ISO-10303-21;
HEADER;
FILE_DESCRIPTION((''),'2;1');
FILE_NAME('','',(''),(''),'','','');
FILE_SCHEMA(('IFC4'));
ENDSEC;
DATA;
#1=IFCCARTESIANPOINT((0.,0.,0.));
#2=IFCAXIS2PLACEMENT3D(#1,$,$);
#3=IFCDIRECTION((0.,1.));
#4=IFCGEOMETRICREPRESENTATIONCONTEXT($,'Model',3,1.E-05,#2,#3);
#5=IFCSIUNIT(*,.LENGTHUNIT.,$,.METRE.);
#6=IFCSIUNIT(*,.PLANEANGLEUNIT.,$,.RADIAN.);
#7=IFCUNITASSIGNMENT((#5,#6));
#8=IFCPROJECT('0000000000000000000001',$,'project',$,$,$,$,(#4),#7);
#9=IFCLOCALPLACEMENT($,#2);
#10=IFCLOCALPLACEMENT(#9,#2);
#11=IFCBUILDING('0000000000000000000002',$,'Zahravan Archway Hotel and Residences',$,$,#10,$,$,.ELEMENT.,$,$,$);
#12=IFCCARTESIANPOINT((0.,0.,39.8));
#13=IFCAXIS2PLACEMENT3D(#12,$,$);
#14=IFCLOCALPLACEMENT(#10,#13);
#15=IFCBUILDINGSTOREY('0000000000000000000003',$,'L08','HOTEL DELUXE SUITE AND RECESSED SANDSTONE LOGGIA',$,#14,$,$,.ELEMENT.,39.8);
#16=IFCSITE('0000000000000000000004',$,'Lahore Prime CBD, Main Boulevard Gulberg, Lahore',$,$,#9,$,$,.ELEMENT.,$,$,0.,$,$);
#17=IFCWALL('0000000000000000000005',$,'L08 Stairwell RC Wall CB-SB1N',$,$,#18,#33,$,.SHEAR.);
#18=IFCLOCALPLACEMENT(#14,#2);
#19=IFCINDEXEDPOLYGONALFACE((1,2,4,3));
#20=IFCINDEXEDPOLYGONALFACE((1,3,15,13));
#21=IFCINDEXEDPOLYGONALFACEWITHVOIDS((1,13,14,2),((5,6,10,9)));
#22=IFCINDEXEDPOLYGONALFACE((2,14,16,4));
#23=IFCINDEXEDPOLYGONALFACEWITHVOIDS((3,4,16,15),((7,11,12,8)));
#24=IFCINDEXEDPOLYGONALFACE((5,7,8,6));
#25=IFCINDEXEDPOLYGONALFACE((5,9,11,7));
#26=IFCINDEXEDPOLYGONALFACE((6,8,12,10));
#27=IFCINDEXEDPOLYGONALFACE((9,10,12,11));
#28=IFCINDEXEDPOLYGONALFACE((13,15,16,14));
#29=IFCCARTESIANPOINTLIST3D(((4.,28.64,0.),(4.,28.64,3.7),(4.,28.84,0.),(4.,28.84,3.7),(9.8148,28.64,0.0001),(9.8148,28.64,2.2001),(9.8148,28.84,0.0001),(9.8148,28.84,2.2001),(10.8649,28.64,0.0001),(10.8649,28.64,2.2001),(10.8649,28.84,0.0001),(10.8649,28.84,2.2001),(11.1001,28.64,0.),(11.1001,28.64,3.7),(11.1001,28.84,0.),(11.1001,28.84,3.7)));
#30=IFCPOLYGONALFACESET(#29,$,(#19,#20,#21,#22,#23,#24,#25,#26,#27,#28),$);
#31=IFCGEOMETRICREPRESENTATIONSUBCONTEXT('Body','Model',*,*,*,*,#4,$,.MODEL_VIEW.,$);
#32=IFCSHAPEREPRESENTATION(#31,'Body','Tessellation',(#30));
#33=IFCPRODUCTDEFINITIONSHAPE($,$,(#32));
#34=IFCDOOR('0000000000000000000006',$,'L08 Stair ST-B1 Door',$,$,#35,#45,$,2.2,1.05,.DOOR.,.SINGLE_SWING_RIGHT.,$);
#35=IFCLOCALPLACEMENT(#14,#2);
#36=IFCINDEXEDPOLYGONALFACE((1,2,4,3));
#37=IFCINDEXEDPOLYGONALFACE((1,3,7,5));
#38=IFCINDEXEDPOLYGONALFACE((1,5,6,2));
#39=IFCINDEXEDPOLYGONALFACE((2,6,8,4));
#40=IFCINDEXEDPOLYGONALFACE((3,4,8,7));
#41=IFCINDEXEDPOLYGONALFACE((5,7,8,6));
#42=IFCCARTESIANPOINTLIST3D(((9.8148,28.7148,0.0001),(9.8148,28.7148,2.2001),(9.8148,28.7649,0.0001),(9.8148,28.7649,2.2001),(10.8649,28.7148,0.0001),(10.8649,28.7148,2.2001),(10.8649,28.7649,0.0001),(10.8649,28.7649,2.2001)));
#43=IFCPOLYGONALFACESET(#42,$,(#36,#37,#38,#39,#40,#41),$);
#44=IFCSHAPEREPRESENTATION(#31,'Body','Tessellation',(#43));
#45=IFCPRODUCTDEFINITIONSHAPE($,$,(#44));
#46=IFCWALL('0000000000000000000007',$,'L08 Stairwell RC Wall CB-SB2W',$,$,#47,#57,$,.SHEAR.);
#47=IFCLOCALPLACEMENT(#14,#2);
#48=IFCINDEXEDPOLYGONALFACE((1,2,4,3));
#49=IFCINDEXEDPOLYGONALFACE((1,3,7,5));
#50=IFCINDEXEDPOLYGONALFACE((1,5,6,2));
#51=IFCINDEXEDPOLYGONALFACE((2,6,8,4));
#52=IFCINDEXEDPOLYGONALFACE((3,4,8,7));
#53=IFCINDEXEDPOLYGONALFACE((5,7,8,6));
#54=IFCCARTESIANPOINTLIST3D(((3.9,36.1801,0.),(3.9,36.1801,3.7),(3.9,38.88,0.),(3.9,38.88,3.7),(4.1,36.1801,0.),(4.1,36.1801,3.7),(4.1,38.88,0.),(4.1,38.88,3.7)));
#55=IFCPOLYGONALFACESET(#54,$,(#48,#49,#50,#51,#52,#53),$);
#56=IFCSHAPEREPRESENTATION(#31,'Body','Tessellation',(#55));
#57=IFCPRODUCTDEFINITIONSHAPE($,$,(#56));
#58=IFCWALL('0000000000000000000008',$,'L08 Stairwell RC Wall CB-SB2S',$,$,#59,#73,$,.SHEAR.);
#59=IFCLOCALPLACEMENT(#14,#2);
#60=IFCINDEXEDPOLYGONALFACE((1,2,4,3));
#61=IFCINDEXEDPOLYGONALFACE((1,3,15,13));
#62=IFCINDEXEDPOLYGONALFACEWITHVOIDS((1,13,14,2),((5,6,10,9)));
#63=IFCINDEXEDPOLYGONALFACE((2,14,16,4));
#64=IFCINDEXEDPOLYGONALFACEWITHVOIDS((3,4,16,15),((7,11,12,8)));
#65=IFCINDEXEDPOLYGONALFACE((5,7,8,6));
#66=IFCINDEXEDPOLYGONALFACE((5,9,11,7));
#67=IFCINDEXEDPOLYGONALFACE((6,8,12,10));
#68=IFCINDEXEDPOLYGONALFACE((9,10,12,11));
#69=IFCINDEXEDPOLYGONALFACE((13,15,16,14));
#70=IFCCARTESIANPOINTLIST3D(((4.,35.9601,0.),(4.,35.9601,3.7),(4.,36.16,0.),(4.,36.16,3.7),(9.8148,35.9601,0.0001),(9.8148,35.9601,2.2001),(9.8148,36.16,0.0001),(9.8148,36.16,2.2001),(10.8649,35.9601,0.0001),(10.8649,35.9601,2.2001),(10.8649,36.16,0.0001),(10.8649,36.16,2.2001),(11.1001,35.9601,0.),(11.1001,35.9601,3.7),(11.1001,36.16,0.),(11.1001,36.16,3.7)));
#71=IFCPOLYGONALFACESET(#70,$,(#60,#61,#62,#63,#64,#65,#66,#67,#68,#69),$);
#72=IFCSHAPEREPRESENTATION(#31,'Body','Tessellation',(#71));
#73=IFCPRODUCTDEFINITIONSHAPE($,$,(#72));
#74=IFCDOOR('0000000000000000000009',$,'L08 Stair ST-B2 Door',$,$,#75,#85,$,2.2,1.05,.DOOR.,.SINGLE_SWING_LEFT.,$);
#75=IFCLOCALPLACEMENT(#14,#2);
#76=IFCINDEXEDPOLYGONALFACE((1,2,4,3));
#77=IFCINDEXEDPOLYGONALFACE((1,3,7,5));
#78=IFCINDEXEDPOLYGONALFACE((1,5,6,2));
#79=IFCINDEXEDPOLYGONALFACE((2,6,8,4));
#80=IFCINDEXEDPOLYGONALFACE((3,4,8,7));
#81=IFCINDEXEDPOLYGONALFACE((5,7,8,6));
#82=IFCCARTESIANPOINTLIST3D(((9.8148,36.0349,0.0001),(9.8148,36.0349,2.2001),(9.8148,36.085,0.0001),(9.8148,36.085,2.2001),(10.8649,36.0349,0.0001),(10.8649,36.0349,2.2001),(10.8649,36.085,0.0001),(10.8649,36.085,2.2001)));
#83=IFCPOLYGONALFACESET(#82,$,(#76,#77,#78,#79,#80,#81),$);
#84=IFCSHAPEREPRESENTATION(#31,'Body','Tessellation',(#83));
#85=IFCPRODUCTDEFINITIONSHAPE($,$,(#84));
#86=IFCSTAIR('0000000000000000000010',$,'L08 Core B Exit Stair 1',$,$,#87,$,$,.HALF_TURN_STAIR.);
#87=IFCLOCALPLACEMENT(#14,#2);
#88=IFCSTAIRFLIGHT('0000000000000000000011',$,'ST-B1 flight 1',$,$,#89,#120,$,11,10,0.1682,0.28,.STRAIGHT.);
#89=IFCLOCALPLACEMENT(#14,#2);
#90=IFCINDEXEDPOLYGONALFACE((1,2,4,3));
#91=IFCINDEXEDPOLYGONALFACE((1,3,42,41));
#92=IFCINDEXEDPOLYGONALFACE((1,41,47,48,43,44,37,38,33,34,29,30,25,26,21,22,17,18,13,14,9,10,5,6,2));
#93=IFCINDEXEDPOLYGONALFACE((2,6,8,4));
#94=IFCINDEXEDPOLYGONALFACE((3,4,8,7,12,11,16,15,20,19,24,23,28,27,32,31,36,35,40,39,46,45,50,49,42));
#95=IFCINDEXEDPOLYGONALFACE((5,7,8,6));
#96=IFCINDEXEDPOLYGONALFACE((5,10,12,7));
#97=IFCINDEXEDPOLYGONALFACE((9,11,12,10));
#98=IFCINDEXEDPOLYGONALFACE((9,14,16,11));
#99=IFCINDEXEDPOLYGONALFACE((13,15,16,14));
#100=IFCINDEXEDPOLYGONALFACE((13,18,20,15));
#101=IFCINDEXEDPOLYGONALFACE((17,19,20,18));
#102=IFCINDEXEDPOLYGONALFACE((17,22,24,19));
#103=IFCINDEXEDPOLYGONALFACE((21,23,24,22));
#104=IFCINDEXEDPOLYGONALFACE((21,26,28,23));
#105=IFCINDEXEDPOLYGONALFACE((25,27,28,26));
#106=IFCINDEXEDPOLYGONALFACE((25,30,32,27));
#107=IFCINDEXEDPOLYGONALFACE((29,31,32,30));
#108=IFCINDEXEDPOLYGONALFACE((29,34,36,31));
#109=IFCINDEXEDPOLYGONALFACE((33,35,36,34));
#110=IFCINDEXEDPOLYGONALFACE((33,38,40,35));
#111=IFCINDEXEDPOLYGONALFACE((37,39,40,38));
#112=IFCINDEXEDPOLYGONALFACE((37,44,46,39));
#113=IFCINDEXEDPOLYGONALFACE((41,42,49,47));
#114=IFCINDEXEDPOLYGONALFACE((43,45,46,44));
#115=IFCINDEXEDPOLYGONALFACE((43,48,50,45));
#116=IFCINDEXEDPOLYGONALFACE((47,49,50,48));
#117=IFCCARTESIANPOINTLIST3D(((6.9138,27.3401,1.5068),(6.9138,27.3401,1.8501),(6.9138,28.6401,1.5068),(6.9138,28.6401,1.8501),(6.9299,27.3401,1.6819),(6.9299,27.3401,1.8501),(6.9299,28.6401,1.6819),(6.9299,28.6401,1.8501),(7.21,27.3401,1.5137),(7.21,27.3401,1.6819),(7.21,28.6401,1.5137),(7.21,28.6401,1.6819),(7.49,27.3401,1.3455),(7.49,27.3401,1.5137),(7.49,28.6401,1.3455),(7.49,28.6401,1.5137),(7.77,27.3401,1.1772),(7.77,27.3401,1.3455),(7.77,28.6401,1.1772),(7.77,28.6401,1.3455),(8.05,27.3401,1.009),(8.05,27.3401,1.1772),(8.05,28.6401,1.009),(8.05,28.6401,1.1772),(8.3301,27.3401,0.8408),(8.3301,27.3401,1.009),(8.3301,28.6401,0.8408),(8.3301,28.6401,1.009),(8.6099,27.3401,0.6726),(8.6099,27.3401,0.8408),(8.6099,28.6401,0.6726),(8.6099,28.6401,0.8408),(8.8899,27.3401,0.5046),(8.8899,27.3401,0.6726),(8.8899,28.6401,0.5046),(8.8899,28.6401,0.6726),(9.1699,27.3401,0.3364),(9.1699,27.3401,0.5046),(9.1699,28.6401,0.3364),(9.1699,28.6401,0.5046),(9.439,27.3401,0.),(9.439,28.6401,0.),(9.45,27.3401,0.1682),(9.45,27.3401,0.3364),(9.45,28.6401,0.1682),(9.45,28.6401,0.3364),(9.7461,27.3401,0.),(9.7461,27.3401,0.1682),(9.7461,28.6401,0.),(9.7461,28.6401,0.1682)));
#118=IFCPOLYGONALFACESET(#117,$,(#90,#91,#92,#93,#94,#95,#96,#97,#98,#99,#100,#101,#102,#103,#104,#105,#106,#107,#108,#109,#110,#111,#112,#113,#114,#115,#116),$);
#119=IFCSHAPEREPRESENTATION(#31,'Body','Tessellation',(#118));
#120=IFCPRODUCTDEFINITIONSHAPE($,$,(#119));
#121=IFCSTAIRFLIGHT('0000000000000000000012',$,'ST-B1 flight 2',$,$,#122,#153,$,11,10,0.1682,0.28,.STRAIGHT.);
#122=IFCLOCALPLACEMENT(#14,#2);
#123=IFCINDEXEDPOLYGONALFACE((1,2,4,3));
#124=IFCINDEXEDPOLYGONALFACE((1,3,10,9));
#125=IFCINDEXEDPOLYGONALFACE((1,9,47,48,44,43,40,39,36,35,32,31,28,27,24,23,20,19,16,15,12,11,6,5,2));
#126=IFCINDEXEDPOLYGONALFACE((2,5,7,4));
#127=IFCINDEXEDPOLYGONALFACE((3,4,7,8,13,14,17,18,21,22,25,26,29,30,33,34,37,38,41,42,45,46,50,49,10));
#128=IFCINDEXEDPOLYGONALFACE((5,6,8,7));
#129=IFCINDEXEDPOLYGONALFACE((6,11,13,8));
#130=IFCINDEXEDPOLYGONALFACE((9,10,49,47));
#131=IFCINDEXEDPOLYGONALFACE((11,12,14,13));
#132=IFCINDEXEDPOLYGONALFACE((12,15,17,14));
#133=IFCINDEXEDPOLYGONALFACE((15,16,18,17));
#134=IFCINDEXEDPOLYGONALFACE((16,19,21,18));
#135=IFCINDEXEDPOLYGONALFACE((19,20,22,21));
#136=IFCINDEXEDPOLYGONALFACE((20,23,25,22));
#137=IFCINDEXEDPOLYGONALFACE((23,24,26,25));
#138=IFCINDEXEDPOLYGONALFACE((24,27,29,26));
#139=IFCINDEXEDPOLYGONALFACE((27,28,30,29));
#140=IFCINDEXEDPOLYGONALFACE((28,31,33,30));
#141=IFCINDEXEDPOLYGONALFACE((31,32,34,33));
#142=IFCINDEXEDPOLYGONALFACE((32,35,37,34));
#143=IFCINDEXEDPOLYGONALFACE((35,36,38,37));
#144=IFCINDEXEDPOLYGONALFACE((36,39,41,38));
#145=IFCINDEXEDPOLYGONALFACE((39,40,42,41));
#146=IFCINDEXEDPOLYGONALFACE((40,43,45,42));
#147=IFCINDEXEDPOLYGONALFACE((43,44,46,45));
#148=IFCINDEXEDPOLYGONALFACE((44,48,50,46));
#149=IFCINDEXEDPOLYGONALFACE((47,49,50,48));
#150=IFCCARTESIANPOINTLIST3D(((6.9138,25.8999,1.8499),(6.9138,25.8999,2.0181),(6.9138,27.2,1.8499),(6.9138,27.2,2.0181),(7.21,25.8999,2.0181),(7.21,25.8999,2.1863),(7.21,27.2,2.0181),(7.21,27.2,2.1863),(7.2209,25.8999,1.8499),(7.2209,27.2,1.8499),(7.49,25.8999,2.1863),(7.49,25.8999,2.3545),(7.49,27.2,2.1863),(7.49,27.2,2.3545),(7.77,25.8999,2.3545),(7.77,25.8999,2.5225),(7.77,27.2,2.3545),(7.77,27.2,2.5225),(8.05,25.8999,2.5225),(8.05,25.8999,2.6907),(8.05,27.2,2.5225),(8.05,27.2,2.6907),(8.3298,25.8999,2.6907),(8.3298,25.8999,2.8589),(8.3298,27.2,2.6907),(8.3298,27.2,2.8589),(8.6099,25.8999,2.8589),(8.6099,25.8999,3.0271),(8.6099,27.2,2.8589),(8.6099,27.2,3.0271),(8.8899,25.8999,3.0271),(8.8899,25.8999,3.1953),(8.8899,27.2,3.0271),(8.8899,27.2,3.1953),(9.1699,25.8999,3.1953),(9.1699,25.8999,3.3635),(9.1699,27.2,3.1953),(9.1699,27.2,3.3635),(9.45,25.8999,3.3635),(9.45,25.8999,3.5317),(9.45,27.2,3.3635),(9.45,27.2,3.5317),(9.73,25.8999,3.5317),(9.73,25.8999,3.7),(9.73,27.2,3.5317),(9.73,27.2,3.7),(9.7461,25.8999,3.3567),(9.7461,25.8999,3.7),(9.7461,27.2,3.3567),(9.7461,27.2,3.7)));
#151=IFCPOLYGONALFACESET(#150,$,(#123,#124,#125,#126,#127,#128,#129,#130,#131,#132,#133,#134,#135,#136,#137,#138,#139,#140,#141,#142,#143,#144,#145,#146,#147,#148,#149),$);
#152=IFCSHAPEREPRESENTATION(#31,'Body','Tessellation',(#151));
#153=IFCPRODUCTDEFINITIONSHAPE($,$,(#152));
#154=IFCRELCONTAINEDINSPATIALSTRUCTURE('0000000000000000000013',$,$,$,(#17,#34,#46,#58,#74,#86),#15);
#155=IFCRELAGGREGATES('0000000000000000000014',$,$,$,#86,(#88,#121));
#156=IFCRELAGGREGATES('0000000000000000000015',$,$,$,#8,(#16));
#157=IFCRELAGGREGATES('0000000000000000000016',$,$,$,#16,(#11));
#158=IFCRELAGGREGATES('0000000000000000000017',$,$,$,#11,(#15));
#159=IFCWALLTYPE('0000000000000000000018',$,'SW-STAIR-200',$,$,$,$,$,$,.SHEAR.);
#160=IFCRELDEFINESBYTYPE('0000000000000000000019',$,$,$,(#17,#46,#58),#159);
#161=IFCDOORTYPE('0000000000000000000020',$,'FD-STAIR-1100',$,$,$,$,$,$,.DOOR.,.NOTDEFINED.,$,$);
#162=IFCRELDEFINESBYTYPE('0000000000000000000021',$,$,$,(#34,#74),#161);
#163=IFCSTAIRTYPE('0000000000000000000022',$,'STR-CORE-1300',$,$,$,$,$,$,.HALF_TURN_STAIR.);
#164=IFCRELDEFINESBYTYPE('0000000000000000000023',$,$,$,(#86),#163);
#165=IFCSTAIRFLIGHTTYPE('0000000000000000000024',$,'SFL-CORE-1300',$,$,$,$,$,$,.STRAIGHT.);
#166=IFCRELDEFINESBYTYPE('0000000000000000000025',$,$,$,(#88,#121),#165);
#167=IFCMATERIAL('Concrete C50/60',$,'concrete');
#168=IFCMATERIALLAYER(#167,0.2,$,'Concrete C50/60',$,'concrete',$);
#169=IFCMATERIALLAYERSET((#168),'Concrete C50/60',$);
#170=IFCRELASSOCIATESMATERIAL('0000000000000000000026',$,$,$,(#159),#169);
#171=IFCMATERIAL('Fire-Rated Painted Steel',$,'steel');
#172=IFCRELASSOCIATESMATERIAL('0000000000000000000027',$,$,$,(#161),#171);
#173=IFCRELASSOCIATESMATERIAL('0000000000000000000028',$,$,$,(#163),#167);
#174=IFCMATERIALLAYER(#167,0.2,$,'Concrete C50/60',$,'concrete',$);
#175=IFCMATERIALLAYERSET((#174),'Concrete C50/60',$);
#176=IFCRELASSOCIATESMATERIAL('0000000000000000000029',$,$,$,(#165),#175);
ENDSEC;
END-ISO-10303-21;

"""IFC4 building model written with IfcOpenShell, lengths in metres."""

from ifc_helpers import new_model, si_unit, direction, frame, frame_2d, origin, place, context, subcontext, project, spatial, polyline, rectangle, outline, extrude, source, transform, mapped, material, layer, layer_set, type_object, type_shapes, element, fill, aggregate, save


model = new_model("IFC4")

# Units and contexts
model_context = context("Model", 3, precision=1e-05, world=origin(), true_north=direction((0.0, 1.0)))
body_context = subcontext(model_context, "Body", "Model", "MODEL_VIEW")
ifc_project = project(units=[si_unit("LENGTHUNIT", "METRE"), si_unit("PLANEANGLEUNIT", "RADIAN")], contexts=[model_context])

# Site, building, storey
site_placement = place(None, origin())
site = spatial("IfcSite", under=ifc_project, at=site_placement, Name="Lahore Prime CBD, Main Boulevard Gulberg, Lahore", CompositionType="ELEMENT", RefElevation=0.0)
building_placement = place(site_placement, origin())
building = spatial("IfcBuilding", under=site, at=building_placement, Name="Zahravan Archway Hotel and Residences", CompositionType="ELEMENT")
storey_placement = place(building_placement, frame((0.0, 0.0, 39.8)))
storey = spatial("IfcBuildingStorey", under=building, at=storey_placement, Name="L08", Description="HOTEL DELUXE SUITE AND RECESSED SANDSTONE LOGGIA", CompositionType="ELEMENT", Elevation=39.8)

# Shared definitions
ifc_material_1 = material(Name="Fire-Rated Painted Steel", Category="steel")

# Shared definitions
ifc_material_2 = material(Name="Concrete C50/60", Category="concrete")
ifc_layer_1 = layer(ifc_material_2, 0.2, Name="Concrete C50/60", Category="concrete")
ifc_layer_set_1 = layer_set([ifc_layer_1], Name="Concrete C50/60")
wall_type_1 = type_object("IfcWallType", Name="SW-STAIR-200", PredefinedType="SHEAR", material=ifc_layer_set_1)

# Wall, opening, door
wall_1_placement = place(storey_placement, frame((4.0, 28.74, 0.0), z_axis=(0.0, 0.0, 1.0), x_axis=(1.0, 0.0, 0.0)))
wall_1 = element("IfcWall", 1, at=wall_1_placement, inside=storey, type_object=wall_type_1, Name="L08 Stairwell RC Wall CB-SB1N", PredefinedType="SHEAR", context=body_context, shape_type="SweptSolid", body=[
    extrude(rectangle(XDim=7.1001, YDim=0.2, at=frame_2d((3.55, 0.0))), origin(), (0.0, 0.0, 1.0), 3.7),
])
opening_1_placement = place(wall_1_placement, frame((5.8149, 0.0, 0.0)))
opening_1 = element("IfcOpeningElement", 2, at=opening_1_placement, cuts=wall_1, PredefinedType="OPENING", context=body_context, shape_type="SweptSolid", body=[
    extrude(rectangle(XDim=1.05, YDim=2.2, at=frame_2d((0.5249, 1.1001))), frame((0.0, 0.1099, 0.0), z_axis=(0.0, -1.0, 0.0), x_axis=(1.0, 0.0, 0.0)), (0.0, 0.0, 1.0), 0.22),
])
door_type_1 = type_object("IfcDoorType", Name="FD-STAIR-1100", OperationType="NOTDEFINED", PredefinedType="DOOR", material=ifc_material_1)
shared_shape_1 = source(origin(), body_context, "Body", "SweptSolid", [
    extrude(rectangle(XDim=1.05, YDim=2.2, at=frame_2d((0.5249, 1.1001))), frame((0.0, 0.0249, 0.0), z_axis=(0.0, -1.0, 0.0), x_axis=(1.0, 0.0, 0.0)), (0.0, 0.0, 1.0), 0.05),
])
type_shapes(door_type_1, [shared_shape_1])
door_1_placement = place(opening_1_placement, origin())
door_1 = element("IfcDoor", 3, at=door_1_placement, inside=storey, type_object=door_type_1, Name="L08 Stair ST-B1 Door", OperationType="SINGLE_SWING_RIGHT", OverallHeight=2.2, OverallWidth=1.05, PredefinedType="DOOR", context=body_context, shape_type="MappedRepresentation", body=[
    mapped(shared_shape_1, transform((0.0, 0.0, 0.0), scale=1.0)),
])
fill(opening_1, door_1)

# Wall
wall_2_placement = place(storey_placement, frame((4.0, 36.1799, 0.0), z_axis=(0.0, 0.0, 1.0), x_axis=(0.0, 1.0, 0.0)))
element("IfcWall", 4, at=wall_2_placement, inside=storey, type_object=wall_type_1, Name="L08 Stairwell RC Wall CB-SB2W", PredefinedType="SHEAR", context=body_context, shape_type="SweptSolid", body=[
    extrude(rectangle(XDim=2.7, YDim=0.2, at=frame_2d((1.3501, 0.0))), origin(), (0.0, 0.0, 1.0), 3.7),
])

# Wall, opening, door
wall_3_placement = place(storey_placement, frame((4.0, 36.0601, 0.0), z_axis=(0.0, 0.0, 1.0), x_axis=(1.0, 0.0, 0.0)))
wall_3 = element("IfcWall", 5, at=wall_3_placement, inside=storey, type_object=wall_type_1, Name="L08 Stairwell RC Wall CB-SB2S", PredefinedType="SHEAR", context=body_context, shape_type="SweptSolid", body=[
    extrude(rectangle(XDim=7.1001, YDim=0.2, at=frame_2d((3.55, 0.0))), origin(), (0.0, 0.0, 1.0), 3.7),
])
opening_2_placement = place(wall_3_placement, frame((5.8149, 0.0, 0.0)))
opening_2 = element("IfcOpeningElement", 6, at=opening_2_placement, cuts=wall_3, PredefinedType="OPENING", context=body_context, shape_type="SweptSolid", body=[
    extrude(rectangle(XDim=1.05, YDim=2.2, at=frame_2d((0.5249, 1.1001))), frame((0.0, 0.1099, 0.0), z_axis=(0.0, -1.0, 0.0), x_axis=(1.0, 0.0, 0.0)), (0.0, 0.0, 1.0), 0.22),
])
door_2_placement = place(opening_2_placement, origin())
door_2 = element("IfcDoor", 7, at=door_2_placement, inside=storey, type_object=door_type_1, Name="L08 Stair ST-B2 Door", OperationType="SINGLE_SWING_LEFT", OverallHeight=2.2, OverallWidth=1.05, PredefinedType="DOOR", context=body_context, shape_type="MappedRepresentation", body=[
    mapped(shared_shape_1, transform((0.0, 0.0, 0.0), scale=1.0)),
])
fill(opening_2, door_2)

# Stair, stair flights
stair_type = type_object("IfcStairType", Name="STR-CORE-1300", PredefinedType="HALF_TURN_STAIR", material=ifc_material_2)
stair_1_placement = place(storey_placement, origin())
stair_1 = element("IfcStair", 8, at=stair_1_placement, inside=storey, type_object=stair_type, Name="L08 Core B Exit Stair 1", PredefinedType="HALF_TURN_STAIR")
ifc_layer_2 = layer(ifc_material_2, 0.2, Name="Concrete C50/60", Category="concrete")
ifc_layer_set_2 = layer_set([ifc_layer_2], Name="Concrete C50/60")
stair_flight_type = type_object("IfcStairFlightType", Name="SFL-CORE-1300", PredefinedType="STRAIGHT", material=ifc_layer_set_2)
shared_shape_2 = source(origin(), body_context, "Body", "SweptSolid", [
    extrude(outline(polyline([(-0.0161, 0.0), (-0.0161, 0.1682), (0.28, 0.1682), (0.28, 0.3364), (0.5601, 0.3364), (0.5601, 0.5046), (0.8401, 0.5046), (0.8401, 0.6726), (1.1201, 0.6726), (1.1201, 0.8408), (1.3999, 0.8408), (1.3999, 1.009), (1.6799, 1.009), (1.6799, 1.1772), (1.96, 1.1772), (1.96, 1.3455), (2.24, 1.3455), (2.24, 1.5137), (2.52, 1.5137), (2.52, 1.6819), (2.8, 1.6819), (2.8, 1.8501), (2.8162, 1.8501), (2.8162, 1.5068), (0.291, 0.0), (-0.0161, 0.0)])), frame((0.0, 0.6499, 0.0), z_axis=(0.0, -1.0, 0.0), x_axis=(1.0, 0.0, 0.0)), (0.0, 0.0, 1.0), 1.3),
])
stair_flight_1_placement = place(storey_placement, frame((9.73, 27.99, 0.0), z_axis=(0.0, 0.0, 1.0), x_axis=(-1.0, 0.0, 0.0)))
stair_flight_1 = element("IfcStairFlight", 9, at=stair_flight_1_placement, type_object=stair_flight_type, Name="ST-B1 flight 1", NumberOfRisers=11, NumberOfTreads=10, PredefinedType="STRAIGHT", RiserHeight=0.1682, TreadLength=0.28, context=body_context, shape_type="MappedRepresentation", body=[
    mapped(shared_shape_2, transform((0.0, 0.0, 0.0), scale=1.0)),
])
stair_flight_2_placement = place(storey_placement, frame((6.9299, 26.55, 1.8499), z_axis=(0.0, 0.0, 1.0), x_axis=(1.0, 0.0, 0.0)))
stair_flight_2 = element("IfcStairFlight", 10, at=stair_flight_2_placement, type_object=stair_flight_type, Name="ST-B1 flight 2", NumberOfRisers=11, NumberOfTreads=10, PredefinedType="STRAIGHT", RiserHeight=0.1682, TreadLength=0.28, context=body_context, shape_type="MappedRepresentation", body=[
    mapped(shared_shape_2, transform((0.0, 0.0, 0.0), scale=1.0)),
])
aggregate(stair_1, [stair_flight_1, stair_flight_2])

save(model, "model.ifc")
